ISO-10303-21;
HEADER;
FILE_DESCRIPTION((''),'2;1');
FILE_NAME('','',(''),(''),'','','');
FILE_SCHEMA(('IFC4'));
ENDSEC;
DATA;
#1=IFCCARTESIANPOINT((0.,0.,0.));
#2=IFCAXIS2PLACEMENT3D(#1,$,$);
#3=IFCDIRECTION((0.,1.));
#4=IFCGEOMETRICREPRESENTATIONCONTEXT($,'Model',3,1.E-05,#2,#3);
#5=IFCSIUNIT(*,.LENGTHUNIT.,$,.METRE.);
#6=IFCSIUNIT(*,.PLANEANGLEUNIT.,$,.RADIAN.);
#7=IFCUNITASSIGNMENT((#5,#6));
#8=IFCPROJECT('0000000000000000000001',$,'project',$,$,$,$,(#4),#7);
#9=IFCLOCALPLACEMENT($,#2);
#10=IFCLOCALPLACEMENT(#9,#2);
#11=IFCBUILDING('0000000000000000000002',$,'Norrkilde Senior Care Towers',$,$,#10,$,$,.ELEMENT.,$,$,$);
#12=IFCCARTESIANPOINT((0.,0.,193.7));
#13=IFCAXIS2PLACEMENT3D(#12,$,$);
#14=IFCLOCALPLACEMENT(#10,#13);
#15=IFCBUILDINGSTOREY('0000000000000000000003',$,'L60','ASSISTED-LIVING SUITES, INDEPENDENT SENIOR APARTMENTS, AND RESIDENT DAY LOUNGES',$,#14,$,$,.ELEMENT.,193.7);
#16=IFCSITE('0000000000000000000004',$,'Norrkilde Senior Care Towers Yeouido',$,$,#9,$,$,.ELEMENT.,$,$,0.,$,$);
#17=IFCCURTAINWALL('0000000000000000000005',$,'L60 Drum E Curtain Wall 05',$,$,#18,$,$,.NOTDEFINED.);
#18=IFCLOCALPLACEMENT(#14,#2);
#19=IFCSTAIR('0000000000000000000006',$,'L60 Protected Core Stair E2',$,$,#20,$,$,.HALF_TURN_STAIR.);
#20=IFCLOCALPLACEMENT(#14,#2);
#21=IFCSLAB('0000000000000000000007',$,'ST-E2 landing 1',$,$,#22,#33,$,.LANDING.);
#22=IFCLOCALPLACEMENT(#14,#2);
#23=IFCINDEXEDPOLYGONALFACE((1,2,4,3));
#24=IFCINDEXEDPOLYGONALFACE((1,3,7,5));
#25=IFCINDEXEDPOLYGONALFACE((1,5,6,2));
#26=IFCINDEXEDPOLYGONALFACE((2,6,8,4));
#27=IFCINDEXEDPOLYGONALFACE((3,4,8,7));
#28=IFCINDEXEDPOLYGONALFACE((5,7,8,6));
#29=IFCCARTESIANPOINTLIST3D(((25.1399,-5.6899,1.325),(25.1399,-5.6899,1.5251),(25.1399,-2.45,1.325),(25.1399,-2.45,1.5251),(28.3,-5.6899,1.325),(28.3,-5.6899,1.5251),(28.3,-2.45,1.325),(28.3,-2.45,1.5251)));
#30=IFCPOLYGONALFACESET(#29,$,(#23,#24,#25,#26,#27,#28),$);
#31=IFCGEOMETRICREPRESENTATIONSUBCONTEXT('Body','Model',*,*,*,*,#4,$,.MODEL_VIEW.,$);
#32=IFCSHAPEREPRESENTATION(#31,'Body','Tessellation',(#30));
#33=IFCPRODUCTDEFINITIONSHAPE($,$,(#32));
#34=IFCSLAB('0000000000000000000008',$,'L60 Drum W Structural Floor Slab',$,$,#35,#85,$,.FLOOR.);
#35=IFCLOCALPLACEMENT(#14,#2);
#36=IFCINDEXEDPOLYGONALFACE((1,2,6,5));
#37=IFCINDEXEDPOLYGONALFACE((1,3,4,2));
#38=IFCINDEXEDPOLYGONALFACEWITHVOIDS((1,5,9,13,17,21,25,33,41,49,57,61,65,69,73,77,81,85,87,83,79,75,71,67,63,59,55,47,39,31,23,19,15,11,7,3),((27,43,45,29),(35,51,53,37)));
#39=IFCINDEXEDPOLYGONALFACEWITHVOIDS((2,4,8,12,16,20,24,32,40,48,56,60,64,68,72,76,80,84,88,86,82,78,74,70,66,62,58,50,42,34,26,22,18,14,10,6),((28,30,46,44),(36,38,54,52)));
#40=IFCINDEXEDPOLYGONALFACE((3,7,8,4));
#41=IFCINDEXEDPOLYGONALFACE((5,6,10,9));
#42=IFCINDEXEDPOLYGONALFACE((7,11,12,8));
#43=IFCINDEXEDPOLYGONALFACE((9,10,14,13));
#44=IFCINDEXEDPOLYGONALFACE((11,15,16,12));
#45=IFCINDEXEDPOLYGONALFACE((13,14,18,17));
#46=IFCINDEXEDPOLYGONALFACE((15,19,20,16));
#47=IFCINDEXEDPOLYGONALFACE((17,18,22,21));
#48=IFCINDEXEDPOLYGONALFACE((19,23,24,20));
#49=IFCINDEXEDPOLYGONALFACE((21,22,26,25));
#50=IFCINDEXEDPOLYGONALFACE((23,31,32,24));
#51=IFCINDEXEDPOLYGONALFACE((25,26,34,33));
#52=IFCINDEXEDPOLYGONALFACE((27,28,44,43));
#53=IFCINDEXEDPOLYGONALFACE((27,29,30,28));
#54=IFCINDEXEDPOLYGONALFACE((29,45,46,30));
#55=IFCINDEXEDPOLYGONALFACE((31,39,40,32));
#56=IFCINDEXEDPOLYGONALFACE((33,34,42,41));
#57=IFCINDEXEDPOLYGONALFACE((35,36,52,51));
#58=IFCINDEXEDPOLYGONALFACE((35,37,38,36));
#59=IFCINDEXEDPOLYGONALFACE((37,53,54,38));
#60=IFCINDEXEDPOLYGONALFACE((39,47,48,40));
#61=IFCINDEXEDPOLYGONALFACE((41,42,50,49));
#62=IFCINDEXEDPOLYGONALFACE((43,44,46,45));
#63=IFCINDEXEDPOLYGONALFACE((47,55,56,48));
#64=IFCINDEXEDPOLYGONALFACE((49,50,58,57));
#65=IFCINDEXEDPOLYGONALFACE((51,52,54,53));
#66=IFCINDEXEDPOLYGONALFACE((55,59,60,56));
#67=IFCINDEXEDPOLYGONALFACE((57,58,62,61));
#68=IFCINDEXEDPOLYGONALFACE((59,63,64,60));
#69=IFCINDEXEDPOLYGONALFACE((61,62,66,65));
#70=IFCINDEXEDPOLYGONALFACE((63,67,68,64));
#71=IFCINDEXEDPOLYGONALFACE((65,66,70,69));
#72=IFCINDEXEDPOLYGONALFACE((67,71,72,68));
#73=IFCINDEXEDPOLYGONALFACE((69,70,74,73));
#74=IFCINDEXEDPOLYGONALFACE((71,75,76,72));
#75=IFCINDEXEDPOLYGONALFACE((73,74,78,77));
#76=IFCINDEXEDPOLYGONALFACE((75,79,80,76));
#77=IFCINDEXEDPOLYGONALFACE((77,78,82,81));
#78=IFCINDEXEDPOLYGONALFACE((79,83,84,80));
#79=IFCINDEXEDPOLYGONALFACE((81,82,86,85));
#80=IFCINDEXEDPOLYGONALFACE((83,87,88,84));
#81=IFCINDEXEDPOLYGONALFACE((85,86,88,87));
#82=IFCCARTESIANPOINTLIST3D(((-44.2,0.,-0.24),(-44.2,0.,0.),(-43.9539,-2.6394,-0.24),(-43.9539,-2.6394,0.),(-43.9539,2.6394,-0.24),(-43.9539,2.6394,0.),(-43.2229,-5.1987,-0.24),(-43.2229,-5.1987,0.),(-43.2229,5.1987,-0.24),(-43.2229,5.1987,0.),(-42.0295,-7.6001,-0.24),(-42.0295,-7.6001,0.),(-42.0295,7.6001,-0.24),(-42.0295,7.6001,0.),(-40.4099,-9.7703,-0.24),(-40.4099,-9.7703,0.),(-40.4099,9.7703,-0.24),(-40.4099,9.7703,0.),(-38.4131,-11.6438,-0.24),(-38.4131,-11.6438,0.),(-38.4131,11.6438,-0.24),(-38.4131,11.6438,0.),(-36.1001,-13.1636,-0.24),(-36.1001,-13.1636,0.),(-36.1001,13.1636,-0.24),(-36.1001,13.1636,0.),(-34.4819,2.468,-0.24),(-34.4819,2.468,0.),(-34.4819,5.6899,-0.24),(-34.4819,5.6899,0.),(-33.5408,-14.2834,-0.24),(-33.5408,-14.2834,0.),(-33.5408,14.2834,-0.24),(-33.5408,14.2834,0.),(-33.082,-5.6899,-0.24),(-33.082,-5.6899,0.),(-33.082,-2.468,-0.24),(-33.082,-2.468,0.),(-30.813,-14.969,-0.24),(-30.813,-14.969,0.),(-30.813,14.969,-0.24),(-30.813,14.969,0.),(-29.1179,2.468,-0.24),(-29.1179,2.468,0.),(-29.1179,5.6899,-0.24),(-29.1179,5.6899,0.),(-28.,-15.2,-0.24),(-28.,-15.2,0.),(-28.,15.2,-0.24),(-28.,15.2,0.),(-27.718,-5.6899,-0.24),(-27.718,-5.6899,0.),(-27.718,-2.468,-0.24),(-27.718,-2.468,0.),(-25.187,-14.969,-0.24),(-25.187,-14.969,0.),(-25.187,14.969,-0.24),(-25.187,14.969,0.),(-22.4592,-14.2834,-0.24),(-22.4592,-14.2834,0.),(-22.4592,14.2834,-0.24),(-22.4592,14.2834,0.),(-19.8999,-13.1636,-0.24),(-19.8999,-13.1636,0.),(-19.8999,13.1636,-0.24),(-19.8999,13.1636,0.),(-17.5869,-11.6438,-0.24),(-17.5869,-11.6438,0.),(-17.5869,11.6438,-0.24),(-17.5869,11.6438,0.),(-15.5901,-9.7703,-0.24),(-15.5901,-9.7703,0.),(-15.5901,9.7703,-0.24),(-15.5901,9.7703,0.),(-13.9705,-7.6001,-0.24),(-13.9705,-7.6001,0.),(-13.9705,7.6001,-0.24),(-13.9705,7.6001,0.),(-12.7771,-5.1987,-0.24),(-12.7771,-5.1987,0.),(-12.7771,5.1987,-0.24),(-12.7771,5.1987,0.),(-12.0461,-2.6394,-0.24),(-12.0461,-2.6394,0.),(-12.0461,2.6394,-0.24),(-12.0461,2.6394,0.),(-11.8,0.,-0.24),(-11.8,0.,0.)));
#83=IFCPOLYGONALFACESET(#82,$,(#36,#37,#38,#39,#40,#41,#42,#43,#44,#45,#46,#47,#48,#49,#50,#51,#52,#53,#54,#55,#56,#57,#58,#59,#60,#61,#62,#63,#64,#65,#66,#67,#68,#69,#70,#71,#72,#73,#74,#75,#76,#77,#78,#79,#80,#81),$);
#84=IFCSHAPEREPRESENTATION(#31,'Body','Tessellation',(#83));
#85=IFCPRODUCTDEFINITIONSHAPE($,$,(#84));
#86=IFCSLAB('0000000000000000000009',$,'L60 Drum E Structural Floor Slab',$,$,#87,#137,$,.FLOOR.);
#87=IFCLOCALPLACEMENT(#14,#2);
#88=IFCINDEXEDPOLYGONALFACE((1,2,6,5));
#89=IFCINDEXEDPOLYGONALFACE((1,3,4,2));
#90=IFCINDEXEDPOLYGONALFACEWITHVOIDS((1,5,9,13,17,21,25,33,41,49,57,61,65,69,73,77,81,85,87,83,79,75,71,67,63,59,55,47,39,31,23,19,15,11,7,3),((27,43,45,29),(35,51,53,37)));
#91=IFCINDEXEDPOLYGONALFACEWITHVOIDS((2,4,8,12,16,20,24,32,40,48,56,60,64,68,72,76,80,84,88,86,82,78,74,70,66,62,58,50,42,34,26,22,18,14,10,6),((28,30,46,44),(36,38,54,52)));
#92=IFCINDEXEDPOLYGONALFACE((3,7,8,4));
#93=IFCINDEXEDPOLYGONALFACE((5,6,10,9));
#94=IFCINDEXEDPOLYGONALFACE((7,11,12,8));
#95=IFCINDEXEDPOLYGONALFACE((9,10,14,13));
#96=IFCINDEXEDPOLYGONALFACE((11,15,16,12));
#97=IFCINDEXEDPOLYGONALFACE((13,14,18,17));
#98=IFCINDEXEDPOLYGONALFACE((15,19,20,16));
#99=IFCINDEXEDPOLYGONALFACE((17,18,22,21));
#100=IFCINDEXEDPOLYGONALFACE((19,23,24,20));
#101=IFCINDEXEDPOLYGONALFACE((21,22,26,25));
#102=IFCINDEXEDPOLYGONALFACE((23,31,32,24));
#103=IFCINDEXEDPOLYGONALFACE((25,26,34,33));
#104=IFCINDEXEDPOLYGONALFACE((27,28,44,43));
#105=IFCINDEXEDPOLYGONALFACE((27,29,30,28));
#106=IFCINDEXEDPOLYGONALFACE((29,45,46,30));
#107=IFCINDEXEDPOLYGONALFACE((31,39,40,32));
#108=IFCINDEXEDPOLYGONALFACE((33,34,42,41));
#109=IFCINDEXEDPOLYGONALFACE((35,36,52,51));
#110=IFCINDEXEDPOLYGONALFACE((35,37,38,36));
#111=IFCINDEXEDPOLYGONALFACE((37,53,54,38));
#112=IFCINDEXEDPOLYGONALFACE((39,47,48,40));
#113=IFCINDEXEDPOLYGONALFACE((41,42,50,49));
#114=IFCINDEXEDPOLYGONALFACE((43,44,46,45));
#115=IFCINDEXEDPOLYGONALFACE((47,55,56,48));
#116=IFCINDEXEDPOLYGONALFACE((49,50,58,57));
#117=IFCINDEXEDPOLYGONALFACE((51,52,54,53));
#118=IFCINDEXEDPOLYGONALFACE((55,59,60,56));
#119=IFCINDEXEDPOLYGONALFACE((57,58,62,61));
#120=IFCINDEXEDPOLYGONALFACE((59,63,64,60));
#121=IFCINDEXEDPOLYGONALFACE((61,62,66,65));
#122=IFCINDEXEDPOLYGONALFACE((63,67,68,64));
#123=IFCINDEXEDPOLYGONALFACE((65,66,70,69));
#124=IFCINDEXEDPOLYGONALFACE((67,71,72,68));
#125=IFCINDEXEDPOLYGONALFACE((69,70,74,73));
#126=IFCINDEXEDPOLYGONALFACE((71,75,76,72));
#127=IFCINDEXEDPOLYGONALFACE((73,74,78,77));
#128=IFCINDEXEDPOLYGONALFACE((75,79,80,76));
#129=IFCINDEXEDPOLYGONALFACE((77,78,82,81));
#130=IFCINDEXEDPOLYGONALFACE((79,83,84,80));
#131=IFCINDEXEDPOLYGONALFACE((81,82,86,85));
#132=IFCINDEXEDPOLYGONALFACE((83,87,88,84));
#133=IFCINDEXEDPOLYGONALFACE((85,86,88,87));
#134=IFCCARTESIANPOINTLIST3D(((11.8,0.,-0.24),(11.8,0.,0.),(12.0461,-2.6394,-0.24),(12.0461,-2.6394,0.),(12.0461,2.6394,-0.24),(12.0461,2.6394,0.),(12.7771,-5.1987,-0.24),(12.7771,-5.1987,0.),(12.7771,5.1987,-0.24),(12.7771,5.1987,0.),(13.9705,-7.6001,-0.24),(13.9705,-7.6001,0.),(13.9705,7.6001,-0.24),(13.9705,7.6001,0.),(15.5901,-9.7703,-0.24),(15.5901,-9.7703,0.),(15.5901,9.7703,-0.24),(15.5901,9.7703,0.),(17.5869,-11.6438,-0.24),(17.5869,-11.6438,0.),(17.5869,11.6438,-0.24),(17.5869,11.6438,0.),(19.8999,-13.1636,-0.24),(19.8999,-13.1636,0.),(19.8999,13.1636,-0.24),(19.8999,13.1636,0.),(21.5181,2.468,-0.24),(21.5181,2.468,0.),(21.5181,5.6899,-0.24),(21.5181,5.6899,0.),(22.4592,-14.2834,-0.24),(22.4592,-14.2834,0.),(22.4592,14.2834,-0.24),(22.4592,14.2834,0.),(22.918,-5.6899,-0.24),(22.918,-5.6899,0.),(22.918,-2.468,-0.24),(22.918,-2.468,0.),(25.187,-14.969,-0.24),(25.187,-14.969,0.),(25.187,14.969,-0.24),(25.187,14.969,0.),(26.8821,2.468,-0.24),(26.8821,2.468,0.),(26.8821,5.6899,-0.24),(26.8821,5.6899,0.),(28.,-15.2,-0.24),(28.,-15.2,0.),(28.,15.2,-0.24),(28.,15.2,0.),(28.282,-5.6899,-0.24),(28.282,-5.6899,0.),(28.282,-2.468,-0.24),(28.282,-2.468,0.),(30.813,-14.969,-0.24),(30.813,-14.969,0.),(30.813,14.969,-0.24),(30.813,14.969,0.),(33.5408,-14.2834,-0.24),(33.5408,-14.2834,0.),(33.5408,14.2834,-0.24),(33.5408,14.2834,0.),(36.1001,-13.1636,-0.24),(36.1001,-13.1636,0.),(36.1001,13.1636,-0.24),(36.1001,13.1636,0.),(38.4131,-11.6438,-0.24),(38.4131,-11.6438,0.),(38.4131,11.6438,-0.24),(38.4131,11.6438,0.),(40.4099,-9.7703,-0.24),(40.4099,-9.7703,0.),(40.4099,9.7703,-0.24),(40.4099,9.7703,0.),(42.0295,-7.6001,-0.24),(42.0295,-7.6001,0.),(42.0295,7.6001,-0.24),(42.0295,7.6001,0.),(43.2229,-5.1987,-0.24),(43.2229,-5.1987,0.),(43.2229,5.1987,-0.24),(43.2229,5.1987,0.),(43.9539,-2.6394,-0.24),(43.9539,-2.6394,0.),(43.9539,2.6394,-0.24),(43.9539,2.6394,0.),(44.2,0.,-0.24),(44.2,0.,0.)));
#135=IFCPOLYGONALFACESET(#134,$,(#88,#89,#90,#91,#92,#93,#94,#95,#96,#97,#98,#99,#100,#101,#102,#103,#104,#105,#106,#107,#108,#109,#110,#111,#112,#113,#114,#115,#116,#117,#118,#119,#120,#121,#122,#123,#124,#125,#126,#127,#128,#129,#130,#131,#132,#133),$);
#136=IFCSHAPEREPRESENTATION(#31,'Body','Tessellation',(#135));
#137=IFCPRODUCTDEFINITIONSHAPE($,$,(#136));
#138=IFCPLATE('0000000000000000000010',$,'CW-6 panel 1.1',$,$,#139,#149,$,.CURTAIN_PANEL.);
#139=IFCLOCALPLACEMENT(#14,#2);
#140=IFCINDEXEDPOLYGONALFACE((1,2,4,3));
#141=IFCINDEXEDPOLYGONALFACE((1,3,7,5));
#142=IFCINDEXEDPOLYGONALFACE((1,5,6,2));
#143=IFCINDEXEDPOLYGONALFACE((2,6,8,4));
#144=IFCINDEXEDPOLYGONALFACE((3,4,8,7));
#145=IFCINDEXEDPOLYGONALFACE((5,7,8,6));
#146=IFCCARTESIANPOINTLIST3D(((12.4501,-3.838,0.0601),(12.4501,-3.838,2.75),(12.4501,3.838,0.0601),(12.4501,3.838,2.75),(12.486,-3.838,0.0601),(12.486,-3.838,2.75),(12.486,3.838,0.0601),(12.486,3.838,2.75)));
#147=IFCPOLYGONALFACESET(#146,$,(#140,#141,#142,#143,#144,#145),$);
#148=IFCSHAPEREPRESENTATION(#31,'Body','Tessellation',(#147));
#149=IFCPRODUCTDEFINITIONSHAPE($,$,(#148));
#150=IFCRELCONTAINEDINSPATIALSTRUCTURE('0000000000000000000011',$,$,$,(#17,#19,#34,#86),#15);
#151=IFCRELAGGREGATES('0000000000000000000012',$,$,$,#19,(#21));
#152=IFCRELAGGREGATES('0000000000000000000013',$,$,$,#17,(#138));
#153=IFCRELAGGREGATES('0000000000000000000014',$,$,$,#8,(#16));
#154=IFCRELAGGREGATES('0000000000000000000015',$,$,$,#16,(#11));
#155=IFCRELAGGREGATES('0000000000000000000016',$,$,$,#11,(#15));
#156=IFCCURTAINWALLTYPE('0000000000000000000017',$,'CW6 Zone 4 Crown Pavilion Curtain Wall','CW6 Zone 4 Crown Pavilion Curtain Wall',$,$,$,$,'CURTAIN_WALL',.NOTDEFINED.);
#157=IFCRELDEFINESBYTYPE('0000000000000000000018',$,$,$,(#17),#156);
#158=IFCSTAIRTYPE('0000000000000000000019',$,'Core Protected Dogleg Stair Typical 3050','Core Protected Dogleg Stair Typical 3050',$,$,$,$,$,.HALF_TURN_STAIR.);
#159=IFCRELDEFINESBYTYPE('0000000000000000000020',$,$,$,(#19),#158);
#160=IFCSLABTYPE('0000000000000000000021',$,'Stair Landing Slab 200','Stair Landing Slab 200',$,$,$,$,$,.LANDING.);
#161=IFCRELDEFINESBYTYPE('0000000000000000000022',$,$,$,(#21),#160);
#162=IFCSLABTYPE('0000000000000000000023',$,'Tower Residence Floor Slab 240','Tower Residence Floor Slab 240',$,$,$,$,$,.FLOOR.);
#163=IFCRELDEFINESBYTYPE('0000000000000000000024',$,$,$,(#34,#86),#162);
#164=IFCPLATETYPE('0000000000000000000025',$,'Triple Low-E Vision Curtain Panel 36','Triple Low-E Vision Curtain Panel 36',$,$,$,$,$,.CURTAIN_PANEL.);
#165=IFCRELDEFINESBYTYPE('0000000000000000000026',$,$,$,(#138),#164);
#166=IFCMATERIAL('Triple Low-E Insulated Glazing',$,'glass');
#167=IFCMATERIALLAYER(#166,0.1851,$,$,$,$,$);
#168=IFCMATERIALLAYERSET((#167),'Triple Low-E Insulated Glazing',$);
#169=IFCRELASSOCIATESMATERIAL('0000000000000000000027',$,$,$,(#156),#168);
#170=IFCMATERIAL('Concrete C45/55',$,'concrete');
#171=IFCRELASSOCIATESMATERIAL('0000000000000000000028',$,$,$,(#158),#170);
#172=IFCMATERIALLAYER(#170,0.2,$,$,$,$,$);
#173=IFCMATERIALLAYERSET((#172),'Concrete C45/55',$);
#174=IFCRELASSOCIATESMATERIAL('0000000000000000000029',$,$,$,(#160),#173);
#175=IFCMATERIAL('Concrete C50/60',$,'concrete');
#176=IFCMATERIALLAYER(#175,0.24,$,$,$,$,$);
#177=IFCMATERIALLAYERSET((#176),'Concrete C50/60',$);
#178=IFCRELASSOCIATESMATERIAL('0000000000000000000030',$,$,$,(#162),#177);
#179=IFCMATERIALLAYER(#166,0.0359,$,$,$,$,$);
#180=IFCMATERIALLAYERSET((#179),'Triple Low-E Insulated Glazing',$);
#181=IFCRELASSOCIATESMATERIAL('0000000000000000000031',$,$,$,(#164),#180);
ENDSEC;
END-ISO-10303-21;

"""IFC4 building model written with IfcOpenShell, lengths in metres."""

from ifc_helpers import new_model, si_unit, direction, frame, origin, origin_2d, place, context, subcontext, project, spatial, polyline, rectangle, outline, extrude, source, transform, mapped, material, layer, layer_set, type_object, type_shapes, element, aggregate, save


model = new_model("IFC4")

# Units and contexts
model_context = context("Model", 3, precision=1e-05, world=origin(), true_north=direction((0.0, 1.0)))
body_context = subcontext(model_context, "Body", "Model", "MODEL_VIEW")
ifc_project = project(units=[si_unit("LENGTHUNIT", "METRE"), si_unit("PLANEANGLEUNIT", "RADIAN")], contexts=[model_context])

# Site, building, storey
site_placement = place(None, origin())
site = spatial("IfcSite", under=ifc_project, at=site_placement, Name="Norrkilde Senior Care Towers Yeouido", CompositionType="ELEMENT", RefElevation=0.0)
building_placement = place(site_placement, origin())
building = spatial("IfcBuilding", under=site, at=building_placement, Name="Norrkilde Senior Care Towers", CompositionType="ELEMENT")
storey_placement = place(building_placement, frame((0.0, 0.0, 193.7)))
storey = spatial("IfcBuildingStorey", under=building, at=storey_placement, Name="L60", Description="ASSISTED-LIVING SUITES, INDEPENDENT SENIOR APARTMENTS, AND RESIDENT DAY LOUNGES", CompositionType="ELEMENT", Elevation=193.7)

# Shared definitions
ifc_material_1 = material(Name="Concrete C50/60", Category="concrete")

# Curtain wall
ifc_material_2 = material(Name="Triple Low-E Insulated Glazing", Category="glass")
ifc_layer_1 = layer(ifc_material_2, 0.1851)
ifc_layer_set_1 = layer_set([ifc_layer_1], Name="Triple Low-E Insulated Glazing")
curtain_wall_type = type_object("IfcCurtainWallType", Name="CW6 Zone 4 Crown Pavilion Curtain Wall", Description="CW6 Zone 4 Crown Pavilion Curtain Wall", ElementType="CURTAIN_WALL", PredefinedType="NOTDEFINED", material=ifc_layer_set_1)
curtain_wall_1_placement = place(storey_placement, origin())
curtain_wall_1 = element("IfcCurtainWall", 1, at=curtain_wall_1_placement, inside=storey, type_object=curtain_wall_type, Name="L60 Drum E Curtain Wall 05", PredefinedType="NOTDEFINED")

# Stair, slab
ifc_material_3 = material(Name="Concrete C45/55", Category="concrete")
stair_type = type_object("IfcStairType", Name="Core Protected Dogleg Stair Typical 3050", Description="Core Protected Dogleg Stair Typical 3050", PredefinedType="HALF_TURN_STAIR", material=ifc_material_3)
ifc_layer_2 = layer(ifc_material_3, 0.2)
ifc_layer_set_2 = layer_set([ifc_layer_2], Name="Concrete C45/55")
slab_type_1 = type_object("IfcSlabType", Name="Stair Landing Slab 200", Description="Stair Landing Slab 200", PredefinedType="LANDING", material=ifc_layer_set_2)
stair_1_placement = place(storey_placement, origin())
stair_1 = element("IfcStair", 2, at=stair_1_placement, inside=storey, type_object=stair_type, Name="L60 Protected Core Stair E2", PredefinedType="HALF_TURN_STAIR")
slab_1_placement = place(storey_placement, frame((0.0, 0.0, 1.325)))
slab_1 = element("IfcSlab", 3, at=slab_1_placement, type_object=slab_type_1, Name="ST-E2 landing 1", PredefinedType="LANDING", context=body_context, shape_type="SweptSolid", body=[
    extrude(outline(polyline([(25.1399, -5.6899), (28.3, -5.6899), (28.3, -2.45), (25.1399, -2.45), (25.1399, -5.6899)])), origin(), (0.0, 0.0, 1.0), 0.2002),
])
aggregate(stair_1, [slab_1])

# Slabs
ifc_layer_3 = layer(ifc_material_1, 0.24)
ifc_layer_set_3 = layer_set([ifc_layer_3], Name="Concrete C50/60")
slab_type_2 = type_object("IfcSlabType", Name="Tower Residence Floor Slab 240", Description="Tower Residence Floor Slab 240", PredefinedType="FLOOR", material=ifc_layer_set_3)
slab_2_placement = place(storey_placement, frame((0.0, 0.0, -0.24)))
element("IfcSlab", 4, at=slab_2_placement, inside=storey, type_object=slab_type_2, Name="L60 Drum W Structural Floor Slab", PredefinedType="FLOOR", context=body_context, shape_type="SweptSolid", body=[
    extrude(outline(polyline([(-12.7771, -5.1987), (-13.9705, -7.6001), (-15.5901, -9.7703), (-17.5869, -11.6438), (-19.8999, -13.1636), (-22.4592, -14.2834), (-25.187, -14.969), (-28.0, -15.2), (-30.813, -14.969), (-33.5408, -14.2834), (-36.1001, -13.1636), (-38.4131, -11.6438), (-40.4099, -9.7703), (-42.0295, -7.6001), (-43.2229, -5.1987), (-43.9539, -2.6394), (-44.2, 0.0), (-43.9539, 2.6394), (-43.2229, 5.1987), (-42.0295, 7.6001), (-40.4099, 9.7703), (-38.4131, 11.6438), (-36.1001, 13.1636), (-33.5408, 14.2834), (-30.813, 14.969), (-28.0, 15.2), (-25.187, 14.969), (-22.4592, 14.2834), (-19.8999, 13.1636), (-17.5869, 11.6438), (-15.5901, 9.7703), (-13.9705, 7.6001), (-12.7771, 5.1987), (-12.0461, 2.6394), (-11.8, 0.0), (-12.0461, -2.6394), (-12.7771, -5.1987)]), holes=[polyline([(-34.4819, 2.468), (-29.1179, 2.468), (-29.1179, 5.6899), (-34.4819, 5.6899), (-34.4819, 2.468)]), polyline([(-27.718, -5.6899), (-27.718, -2.468), (-33.082, -2.468), (-33.082, -5.6899), (-27.718, -5.6899)])]), origin(), (0.0, 0.0, 1.0), 0.24),
])
slab_3_placement = place(storey_placement, frame((0.0, 0.0, -0.24)))
element("IfcSlab", 5, at=slab_3_placement, inside=storey, type_object=slab_type_2, Name="L60 Drum E Structural Floor Slab", PredefinedType="FLOOR", context=body_context, shape_type="SweptSolid", body=[
    extrude(outline(polyline([(43.2229, -5.1987), (42.0295, -7.6001), (40.4099, -9.7703), (38.4131, -11.6438), (36.1001, -13.1636), (33.5408, -14.2834), (30.813, -14.969), (28.0, -15.2), (25.187, -14.969), (22.4592, -14.2834), (19.8999, -13.1636), (17.5869, -11.6438), (15.5901, -9.7703), (13.9705, -7.6001), (12.7771, -5.1987), (12.0461, -2.6394), (11.8, 0.0), (12.0461, 2.6394), (12.7771, 5.1987), (13.9705, 7.6001), (15.5901, 9.7703), (17.5869, 11.6438), (19.8999, 13.1636), (22.4592, 14.2834), (25.187, 14.969), (28.0, 15.2), (30.813, 14.969), (33.5408, 14.2834), (36.1001, 13.1636), (38.4131, 11.6438), (40.4099, 9.7703), (42.0295, 7.6001), (43.2229, 5.1987), (43.9539, 2.6394), (44.2, 0.0), (43.9539, -2.6394), (43.2229, -5.1987)]), holes=[polyline([(21.5181, 2.468), (26.8821, 2.468), (26.8821, 5.6899), (21.5181, 5.6899), (21.5181, 2.468)]), polyline([(28.282, -5.6899), (28.282, -2.468), (22.918, -2.468), (22.918, -5.6899), (28.282, -5.6899)])]), origin(), (0.0, 0.0, 1.0), 0.24),
])

# Plate
ifc_layer_4 = layer(ifc_material_2, 0.0359)
ifc_layer_set_4 = layer_set([ifc_layer_4], Name="Triple Low-E Insulated Glazing")
plate_type = type_object("IfcPlateType", Name="Triple Low-E Vision Curtain Panel 36", Description="Triple Low-E Vision Curtain Panel 36", PredefinedType="CURTAIN_PANEL", material=ifc_layer_set_4)
shared_shape_1 = source(origin(), body_context, "Body", "SweptSolid", [
    extrude(rectangle(XDim=7.676, YDim=0.0359, at=origin_2d()), origin(), (0.0, 0.0, 1.0), 2.6899),
])
type_shapes(plate_type, [shared_shape_1])
plate_placement = place(storey_placement, frame((12.468, 0.0, 0.0601), z_axis=(0.0, 0.0, 1.0), x_axis=(0.0, 1.0, 0.0)))
plate = element("IfcPlate", 6, at=plate_placement, type_object=plate_type, Name="CW-6 panel 1.1", PredefinedType="CURTAIN_PANEL", context=body_context, shape_type="MappedRepresentation", body=[
    mapped(shared_shape_1, transform((0.0, 0.0, 0.0), x_axis=(1.0, 0.0, 0.0), y_axis=(0.0, 1.0, 0.0), z_axis=(0.0, 0.0, 1.0), scale=1.0)),
])
aggregate(curtain_wall_1, [plate])

save(model, "model.ifc")
